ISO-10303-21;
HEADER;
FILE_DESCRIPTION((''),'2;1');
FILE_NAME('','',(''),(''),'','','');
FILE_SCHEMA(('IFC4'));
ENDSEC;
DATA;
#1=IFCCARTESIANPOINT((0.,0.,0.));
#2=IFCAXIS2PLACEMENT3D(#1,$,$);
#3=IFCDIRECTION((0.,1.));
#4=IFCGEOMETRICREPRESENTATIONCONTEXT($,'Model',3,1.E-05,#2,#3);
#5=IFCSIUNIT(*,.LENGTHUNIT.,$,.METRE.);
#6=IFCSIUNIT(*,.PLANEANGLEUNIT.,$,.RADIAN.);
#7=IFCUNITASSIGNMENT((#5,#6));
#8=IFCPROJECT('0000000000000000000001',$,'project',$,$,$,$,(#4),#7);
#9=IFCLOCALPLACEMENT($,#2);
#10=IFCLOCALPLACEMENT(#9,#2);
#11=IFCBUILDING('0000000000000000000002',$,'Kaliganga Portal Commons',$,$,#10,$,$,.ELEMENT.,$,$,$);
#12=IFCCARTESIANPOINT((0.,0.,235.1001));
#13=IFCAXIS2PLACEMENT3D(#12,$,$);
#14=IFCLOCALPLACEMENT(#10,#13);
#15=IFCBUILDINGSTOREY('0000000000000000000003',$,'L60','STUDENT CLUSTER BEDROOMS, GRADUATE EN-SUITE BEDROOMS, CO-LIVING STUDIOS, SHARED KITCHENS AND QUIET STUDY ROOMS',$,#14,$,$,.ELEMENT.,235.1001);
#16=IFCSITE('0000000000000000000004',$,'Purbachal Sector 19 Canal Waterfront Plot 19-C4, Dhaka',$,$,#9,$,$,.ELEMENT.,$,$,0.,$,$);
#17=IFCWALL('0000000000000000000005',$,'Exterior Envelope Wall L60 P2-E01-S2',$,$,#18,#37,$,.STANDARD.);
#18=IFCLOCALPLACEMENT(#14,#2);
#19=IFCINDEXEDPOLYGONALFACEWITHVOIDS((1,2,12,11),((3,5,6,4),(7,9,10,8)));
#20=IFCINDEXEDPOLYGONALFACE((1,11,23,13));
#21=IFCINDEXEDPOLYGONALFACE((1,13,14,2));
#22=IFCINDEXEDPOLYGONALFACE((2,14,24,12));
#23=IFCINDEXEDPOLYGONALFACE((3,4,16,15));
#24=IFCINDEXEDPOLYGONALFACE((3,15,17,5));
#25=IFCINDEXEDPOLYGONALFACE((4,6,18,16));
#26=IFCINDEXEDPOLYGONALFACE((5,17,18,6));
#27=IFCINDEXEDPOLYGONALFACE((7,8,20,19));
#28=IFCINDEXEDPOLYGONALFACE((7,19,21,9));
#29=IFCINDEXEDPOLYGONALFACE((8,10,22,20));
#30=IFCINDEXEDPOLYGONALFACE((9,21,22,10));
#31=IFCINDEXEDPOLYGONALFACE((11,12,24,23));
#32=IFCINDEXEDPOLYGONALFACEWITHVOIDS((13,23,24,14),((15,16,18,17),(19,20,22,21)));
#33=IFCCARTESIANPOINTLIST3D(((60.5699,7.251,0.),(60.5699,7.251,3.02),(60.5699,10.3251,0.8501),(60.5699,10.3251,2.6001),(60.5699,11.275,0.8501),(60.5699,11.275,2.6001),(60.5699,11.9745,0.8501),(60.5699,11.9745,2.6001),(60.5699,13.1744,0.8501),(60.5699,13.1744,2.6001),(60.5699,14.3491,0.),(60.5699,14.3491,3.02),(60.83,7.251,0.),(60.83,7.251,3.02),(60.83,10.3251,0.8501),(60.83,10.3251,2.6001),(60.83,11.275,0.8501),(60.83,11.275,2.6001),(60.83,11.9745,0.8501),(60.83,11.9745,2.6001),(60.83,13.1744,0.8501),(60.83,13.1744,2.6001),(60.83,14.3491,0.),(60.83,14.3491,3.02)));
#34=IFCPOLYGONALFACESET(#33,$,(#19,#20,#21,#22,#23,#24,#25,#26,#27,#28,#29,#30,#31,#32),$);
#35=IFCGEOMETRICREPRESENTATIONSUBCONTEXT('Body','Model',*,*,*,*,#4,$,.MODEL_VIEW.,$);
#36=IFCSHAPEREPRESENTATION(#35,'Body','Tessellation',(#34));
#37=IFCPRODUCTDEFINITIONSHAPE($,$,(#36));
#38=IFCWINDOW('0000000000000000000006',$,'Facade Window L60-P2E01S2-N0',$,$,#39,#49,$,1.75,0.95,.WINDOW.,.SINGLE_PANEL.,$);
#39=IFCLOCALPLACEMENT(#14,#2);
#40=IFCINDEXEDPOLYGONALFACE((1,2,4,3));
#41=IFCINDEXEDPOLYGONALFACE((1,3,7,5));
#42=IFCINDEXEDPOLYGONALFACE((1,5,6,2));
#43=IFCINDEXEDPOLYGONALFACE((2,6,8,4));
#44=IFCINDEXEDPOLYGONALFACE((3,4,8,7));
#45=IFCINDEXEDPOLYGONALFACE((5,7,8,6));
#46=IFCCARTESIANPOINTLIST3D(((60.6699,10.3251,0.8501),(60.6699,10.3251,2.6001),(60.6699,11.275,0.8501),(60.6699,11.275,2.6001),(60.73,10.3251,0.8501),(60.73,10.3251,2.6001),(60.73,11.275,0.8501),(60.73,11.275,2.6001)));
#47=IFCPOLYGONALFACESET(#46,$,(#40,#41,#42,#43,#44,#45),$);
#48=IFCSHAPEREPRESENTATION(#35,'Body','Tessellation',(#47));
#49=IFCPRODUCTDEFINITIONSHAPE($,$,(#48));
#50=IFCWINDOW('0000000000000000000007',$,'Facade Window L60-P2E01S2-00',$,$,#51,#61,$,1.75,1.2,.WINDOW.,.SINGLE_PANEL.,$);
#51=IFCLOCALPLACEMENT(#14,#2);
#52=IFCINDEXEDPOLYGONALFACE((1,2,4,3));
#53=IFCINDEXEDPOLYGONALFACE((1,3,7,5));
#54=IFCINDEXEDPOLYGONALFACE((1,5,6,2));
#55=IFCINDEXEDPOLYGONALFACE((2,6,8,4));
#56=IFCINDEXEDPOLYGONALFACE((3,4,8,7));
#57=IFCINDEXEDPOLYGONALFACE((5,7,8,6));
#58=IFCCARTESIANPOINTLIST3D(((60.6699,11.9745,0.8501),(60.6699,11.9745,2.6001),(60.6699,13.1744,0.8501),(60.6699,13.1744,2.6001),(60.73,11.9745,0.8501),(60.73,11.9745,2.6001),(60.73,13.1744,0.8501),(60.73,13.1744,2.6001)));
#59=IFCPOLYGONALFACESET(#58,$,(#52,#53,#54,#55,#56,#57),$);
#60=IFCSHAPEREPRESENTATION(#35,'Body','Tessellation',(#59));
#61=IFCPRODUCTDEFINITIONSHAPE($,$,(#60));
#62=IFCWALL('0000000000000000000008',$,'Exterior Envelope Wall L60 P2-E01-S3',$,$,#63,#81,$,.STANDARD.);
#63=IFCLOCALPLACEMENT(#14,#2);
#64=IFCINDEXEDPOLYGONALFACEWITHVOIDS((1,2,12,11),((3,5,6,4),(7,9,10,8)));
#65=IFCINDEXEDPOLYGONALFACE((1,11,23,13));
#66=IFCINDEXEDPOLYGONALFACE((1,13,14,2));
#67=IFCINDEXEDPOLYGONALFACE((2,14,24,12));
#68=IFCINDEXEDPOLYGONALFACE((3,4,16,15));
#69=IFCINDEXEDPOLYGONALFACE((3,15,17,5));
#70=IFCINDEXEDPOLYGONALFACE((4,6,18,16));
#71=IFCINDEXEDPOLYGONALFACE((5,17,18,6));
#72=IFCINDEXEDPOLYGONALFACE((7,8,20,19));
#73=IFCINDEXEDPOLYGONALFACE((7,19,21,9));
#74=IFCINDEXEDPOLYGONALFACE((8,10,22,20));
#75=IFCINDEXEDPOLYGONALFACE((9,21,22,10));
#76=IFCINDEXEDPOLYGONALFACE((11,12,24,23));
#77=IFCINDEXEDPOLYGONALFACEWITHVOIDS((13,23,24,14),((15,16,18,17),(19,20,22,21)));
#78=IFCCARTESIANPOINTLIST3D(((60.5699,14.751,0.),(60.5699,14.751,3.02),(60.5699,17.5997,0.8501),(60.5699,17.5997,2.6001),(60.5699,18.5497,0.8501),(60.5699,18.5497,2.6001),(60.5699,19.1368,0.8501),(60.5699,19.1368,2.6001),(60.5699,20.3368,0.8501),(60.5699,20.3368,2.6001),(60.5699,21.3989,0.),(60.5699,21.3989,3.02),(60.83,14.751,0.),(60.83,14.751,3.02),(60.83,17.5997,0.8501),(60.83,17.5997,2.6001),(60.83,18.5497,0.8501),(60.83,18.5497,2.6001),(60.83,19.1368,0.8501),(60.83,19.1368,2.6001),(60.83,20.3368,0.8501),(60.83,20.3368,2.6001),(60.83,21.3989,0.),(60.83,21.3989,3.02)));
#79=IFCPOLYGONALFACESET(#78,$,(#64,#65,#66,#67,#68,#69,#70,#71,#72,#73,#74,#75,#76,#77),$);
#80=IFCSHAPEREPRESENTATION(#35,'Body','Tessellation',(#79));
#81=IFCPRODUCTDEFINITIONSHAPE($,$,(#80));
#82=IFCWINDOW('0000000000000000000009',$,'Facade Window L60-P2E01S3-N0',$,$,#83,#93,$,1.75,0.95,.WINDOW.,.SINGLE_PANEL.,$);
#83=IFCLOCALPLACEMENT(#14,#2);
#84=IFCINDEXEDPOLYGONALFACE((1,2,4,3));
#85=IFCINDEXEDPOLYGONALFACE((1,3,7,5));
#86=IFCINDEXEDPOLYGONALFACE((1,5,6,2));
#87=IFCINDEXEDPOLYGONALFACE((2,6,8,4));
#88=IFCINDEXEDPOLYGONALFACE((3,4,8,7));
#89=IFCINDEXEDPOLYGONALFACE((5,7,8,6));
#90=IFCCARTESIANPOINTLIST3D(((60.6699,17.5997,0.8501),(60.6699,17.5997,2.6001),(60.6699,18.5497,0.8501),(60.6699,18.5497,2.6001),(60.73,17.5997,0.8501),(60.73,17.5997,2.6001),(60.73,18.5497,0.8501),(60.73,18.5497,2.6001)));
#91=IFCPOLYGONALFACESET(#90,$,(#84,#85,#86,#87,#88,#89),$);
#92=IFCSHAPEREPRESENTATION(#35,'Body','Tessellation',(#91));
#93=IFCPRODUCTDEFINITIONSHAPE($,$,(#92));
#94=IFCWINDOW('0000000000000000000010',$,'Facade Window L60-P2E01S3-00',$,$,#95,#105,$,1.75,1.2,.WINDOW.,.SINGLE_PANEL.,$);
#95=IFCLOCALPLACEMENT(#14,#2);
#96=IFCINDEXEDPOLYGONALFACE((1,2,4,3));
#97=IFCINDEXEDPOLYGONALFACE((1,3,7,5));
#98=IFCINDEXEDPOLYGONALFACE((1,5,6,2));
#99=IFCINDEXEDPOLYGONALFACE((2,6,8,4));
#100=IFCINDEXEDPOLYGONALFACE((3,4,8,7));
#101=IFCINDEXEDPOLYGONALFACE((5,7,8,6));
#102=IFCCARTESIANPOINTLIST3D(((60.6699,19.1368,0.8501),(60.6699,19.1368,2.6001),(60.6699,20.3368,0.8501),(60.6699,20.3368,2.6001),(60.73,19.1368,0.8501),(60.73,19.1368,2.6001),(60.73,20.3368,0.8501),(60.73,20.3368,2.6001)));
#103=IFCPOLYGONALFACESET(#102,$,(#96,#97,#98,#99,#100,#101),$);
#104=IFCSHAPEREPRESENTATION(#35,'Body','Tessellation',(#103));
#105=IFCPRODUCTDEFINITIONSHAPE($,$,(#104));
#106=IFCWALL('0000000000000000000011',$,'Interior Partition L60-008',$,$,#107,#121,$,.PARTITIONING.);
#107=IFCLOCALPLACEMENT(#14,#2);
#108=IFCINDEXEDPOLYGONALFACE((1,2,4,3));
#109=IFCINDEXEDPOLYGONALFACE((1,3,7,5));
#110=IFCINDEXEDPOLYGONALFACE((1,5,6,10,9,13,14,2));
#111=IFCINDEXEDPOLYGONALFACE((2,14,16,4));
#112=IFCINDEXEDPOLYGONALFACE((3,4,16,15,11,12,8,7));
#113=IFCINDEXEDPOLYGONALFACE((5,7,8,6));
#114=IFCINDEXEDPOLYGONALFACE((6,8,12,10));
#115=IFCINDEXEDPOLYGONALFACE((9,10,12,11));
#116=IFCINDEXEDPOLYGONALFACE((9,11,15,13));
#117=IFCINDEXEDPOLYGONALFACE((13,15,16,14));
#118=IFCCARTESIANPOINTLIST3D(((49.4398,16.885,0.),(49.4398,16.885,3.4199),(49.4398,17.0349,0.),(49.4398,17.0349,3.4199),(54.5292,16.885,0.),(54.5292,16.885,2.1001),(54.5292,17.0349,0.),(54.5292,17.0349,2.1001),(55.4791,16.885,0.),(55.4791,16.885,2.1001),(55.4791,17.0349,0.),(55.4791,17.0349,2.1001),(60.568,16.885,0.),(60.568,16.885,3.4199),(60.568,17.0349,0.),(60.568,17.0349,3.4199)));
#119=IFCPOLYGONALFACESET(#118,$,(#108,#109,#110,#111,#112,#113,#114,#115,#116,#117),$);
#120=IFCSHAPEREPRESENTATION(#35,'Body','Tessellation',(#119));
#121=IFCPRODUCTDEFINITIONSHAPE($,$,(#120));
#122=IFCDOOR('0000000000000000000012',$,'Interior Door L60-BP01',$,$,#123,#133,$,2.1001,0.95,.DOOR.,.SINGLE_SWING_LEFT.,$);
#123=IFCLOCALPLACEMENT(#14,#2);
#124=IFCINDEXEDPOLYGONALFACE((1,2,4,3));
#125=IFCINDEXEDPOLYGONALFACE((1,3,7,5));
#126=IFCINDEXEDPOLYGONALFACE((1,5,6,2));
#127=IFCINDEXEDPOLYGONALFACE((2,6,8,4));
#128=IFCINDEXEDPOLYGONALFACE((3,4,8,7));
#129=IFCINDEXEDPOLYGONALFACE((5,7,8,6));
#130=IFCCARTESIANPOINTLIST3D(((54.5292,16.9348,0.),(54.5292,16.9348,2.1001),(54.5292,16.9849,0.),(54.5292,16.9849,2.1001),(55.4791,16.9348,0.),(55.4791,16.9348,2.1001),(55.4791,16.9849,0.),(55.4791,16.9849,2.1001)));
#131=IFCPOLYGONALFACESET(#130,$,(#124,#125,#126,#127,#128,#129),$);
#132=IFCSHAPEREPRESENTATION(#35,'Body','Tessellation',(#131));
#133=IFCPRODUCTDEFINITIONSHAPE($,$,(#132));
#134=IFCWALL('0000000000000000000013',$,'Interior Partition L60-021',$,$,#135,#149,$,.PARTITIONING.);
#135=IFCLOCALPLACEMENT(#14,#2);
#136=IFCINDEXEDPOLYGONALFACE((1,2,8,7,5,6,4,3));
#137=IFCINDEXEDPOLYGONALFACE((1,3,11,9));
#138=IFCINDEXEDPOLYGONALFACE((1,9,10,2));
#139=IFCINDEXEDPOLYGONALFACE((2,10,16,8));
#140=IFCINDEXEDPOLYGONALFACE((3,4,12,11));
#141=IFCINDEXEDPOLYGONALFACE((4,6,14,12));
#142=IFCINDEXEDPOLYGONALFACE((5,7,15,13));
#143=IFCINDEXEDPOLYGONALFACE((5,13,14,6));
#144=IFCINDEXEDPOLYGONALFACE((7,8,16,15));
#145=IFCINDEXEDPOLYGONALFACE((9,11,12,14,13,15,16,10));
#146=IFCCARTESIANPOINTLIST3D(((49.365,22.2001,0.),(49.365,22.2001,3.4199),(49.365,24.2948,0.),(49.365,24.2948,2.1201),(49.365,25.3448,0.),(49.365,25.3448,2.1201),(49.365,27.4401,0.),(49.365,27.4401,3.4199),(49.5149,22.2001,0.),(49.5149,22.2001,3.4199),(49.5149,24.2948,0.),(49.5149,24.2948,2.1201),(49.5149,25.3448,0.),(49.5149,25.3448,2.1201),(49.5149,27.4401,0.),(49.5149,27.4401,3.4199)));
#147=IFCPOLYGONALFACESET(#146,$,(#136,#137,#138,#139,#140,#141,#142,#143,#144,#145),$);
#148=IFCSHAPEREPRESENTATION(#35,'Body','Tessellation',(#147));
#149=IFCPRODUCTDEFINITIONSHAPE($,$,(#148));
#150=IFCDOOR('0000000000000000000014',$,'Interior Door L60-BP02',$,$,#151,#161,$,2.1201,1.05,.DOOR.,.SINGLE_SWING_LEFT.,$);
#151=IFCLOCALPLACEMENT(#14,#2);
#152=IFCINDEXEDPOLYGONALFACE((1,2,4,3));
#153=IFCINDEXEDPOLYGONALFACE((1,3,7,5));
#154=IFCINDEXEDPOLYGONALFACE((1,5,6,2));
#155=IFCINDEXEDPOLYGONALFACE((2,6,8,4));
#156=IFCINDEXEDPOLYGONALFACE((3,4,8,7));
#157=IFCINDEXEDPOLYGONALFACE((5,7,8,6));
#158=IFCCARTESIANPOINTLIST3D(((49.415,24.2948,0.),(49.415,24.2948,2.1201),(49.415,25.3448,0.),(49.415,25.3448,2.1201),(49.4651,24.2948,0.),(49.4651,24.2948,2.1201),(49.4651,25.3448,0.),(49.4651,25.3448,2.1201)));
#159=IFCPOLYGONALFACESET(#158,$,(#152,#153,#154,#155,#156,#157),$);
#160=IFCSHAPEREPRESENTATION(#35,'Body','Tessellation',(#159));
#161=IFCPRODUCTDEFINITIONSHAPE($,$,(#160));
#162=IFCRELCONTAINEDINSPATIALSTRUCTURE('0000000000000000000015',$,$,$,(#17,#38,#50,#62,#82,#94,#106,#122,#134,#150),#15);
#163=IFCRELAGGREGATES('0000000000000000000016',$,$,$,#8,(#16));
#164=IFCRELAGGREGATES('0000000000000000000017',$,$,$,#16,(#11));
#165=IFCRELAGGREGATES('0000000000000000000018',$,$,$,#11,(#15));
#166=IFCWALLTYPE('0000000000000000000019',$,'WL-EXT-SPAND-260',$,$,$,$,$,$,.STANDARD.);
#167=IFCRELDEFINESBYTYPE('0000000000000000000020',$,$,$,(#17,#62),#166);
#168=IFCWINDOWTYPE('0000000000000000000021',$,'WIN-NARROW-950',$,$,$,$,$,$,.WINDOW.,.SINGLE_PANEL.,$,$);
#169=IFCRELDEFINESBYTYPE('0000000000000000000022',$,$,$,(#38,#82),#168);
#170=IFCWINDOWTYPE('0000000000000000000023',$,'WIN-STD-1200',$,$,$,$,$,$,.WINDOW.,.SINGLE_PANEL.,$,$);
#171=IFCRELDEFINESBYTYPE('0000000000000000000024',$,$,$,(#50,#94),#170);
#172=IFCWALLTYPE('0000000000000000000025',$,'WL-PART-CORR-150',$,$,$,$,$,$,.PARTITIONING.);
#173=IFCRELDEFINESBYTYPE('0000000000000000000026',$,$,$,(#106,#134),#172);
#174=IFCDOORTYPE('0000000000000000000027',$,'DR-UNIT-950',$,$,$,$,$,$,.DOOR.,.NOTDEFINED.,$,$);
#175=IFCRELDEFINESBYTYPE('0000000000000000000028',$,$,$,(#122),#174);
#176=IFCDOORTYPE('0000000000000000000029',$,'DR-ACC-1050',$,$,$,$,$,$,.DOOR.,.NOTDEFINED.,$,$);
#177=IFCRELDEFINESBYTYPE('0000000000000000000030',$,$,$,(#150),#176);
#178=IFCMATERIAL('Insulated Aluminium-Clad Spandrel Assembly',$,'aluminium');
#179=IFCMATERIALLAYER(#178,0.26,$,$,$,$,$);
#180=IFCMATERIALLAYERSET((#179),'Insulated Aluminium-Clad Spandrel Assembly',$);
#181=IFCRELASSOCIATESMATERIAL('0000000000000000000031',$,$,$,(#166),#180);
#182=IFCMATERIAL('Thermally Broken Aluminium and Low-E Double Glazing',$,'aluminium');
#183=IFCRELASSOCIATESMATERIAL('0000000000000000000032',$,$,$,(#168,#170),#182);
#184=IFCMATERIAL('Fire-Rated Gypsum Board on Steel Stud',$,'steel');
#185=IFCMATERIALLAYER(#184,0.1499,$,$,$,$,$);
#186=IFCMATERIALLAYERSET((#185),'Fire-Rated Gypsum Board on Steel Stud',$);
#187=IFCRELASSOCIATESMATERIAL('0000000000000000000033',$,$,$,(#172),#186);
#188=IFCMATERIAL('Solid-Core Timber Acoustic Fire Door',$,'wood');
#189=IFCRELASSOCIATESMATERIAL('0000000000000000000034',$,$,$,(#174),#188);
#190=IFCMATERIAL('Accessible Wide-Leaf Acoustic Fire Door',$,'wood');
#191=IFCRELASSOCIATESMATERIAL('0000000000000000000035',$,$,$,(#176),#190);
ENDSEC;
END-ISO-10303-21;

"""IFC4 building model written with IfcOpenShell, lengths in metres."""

from ifc_helpers import new_model, si_unit, direction, frame, frame_2d, origin, place, context, subcontext, project, spatial, rectangle, extrude, material, layer, layer_set, type_object, element, fill, save


model = new_model("IFC4")

# Units and contexts
model_context = context("Model", 3, precision=1e-05, world=origin(), true_north=direction((0.0, 1.0)))
body_context = subcontext(model_context, "Body", "Model", "MODEL_VIEW")
ifc_project = project(units=[si_unit("LENGTHUNIT", "METRE"), si_unit("PLANEANGLEUNIT", "RADIAN")], contexts=[model_context])

# Site, building, storey
site_placement = place(None, origin())
site = spatial("IfcSite", under=ifc_project, at=site_placement, Name="Purbachal Sector 19 Canal Waterfront Plot 19-C4, Dhaka", CompositionType="ELEMENT", RefElevation=0.0)
building_placement = place(site_placement, origin())
building = spatial("IfcBuilding", under=site, at=building_placement, Name="Kaliganga Portal Commons", CompositionType="ELEMENT")
storey_placement = place(building_placement, frame((0.0, 0.0, 235.1001)))
storey = spatial("IfcBuildingStorey", under=building, at=storey_placement, Name="L60", Description="STUDENT CLUSTER BEDROOMS, GRADUATE EN-SUITE BEDROOMS, CO-LIVING STUDIOS, SHARED KITCHENS AND QUIET STUDY ROOMS", CompositionType="ELEMENT", Elevation=235.1001)

# Walls, openings, windows
ifc_material_1 = material(Name="Insulated Aluminium-Clad Spandrel Assembly", Category="aluminium")
ifc_layer_1 = layer(ifc_material_1, 0.26)
ifc_layer_set_1 = layer_set([ifc_layer_1], Name="Insulated Aluminium-Clad Spandrel Assembly")
wall_type_1 = type_object("IfcWallType", Name="WL-EXT-SPAND-260", PredefinedType="STANDARD", material=ifc_layer_set_1)
wall_1_placement = place(storey_placement, frame((60.7, 14.3491, 0.0), z_axis=(0.0, 0.0, 1.0), x_axis=(0.0, -1.0, 0.0)))
wall_1 = element("IfcWall", 1, at=wall_1_placement, inside=storey, type_object=wall_type_1, Name="Exterior Envelope Wall L60 P2-E01-S2", PredefinedType="STANDARD", context=body_context, shape_type="SweptSolid", body=[
    extrude(rectangle(XDim=7.0981, YDim=0.26, at=frame_2d((3.5491, 0.0))), origin(), (0.0, 0.0, 1.0), 3.02),
])
opening_1_placement = place(wall_1_placement, frame((1.1746, 0.0, 0.8501)))
opening_1 = element("IfcOpeningElement", 2, at=opening_1_placement, cuts=wall_1, PredefinedType="OPENING", context=body_context, shape_type="SweptSolid", body=[
    extrude(rectangle(XDim=1.2, YDim=1.75, at=frame_2d((0.6001, 0.875))), frame((0.0, 0.1401, 0.0), z_axis=(0.0, -1.0, 0.0), x_axis=(1.0, 0.0, 0.0)), (0.0, 0.0, 1.0), 0.28),
])
opening_2_placement = place(wall_1_placement, frame((3.074, 0.0, 0.8501)))
opening_2 = element("IfcOpeningElement", 3, at=opening_2_placement, cuts=wall_1, PredefinedType="OPENING", context=body_context, shape_type="SweptSolid", body=[
    extrude(rectangle(XDim=0.95, YDim=1.75, at=frame_2d((0.4751, 0.875))), frame((0.0, 0.1401, 0.0), z_axis=(0.0, -1.0, 0.0), x_axis=(1.0, 0.0, 0.0)), (0.0, 0.0, 1.0), 0.28),
])
ifc_material_2 = material(Name="Thermally Broken Aluminium and Low-E Double Glazing", Category="aluminium")
window_type_1 = type_object("IfcWindowType", Name="WIN-NARROW-950", PartitioningType="SINGLE_PANEL", PredefinedType="WINDOW", material=ifc_material_2)
window_1_placement = place(opening_2_placement, origin())
window_1 = element("IfcWindow", 4, at=window_1_placement, inside=storey, type_object=window_type_1, Name="Facade Window L60-P2E01S2-N0", OverallHeight=1.75, OverallWidth=0.95, PartitioningType="SINGLE_PANEL", PredefinedType="WINDOW", context=body_context, shape_type="SweptSolid", body=[
    extrude(rectangle(XDim=0.95, YDim=1.75, at=frame_2d((0.4751, 0.875))), frame((0.0, 0.03, 0.0), z_axis=(0.0, -1.0, 0.0), x_axis=(1.0, 0.0, 0.0)), (0.0, 0.0, 1.0), 0.0601),
])
fill(opening_2, window_1)
window_type_2 = type_object("IfcWindowType", Name="WIN-STD-1200", PartitioningType="SINGLE_PANEL", PredefinedType="WINDOW", material=ifc_material_2)
window_2_placement = place(opening_1_placement, origin())
window_2 = element("IfcWindow", 5, at=window_2_placement, inside=storey, type_object=window_type_2, Name="Facade Window L60-P2E01S2-00", OverallHeight=1.75, OverallWidth=1.2, PartitioningType="SINGLE_PANEL", PredefinedType="WINDOW", context=body_context, shape_type="SweptSolid", body=[
    extrude(rectangle(XDim=1.2, YDim=1.75, at=frame_2d((0.6001, 0.875))), frame((0.0, 0.03, 0.0), z_axis=(0.0, -1.0, 0.0), x_axis=(1.0, 0.0, 0.0)), (0.0, 0.0, 1.0), 0.0601),
])
fill(opening_1, window_2)
wall_2_placement = place(storey_placement, frame((60.7, 21.3989, 0.0), z_axis=(0.0, 0.0, 1.0), x_axis=(0.0, -1.0, 0.0)))
wall_2 = element("IfcWall", 6, at=wall_2_placement, inside=storey, type_object=wall_type_1, Name="Exterior Envelope Wall L60 P2-E01-S3", PredefinedType="STANDARD", context=body_context, shape_type="SweptSolid", body=[
    extrude(rectangle(XDim=6.6479, YDim=0.26, at=frame_2d((3.324, 0.0))), origin(), (0.0, 0.0, 1.0), 3.02),
])
opening_3_placement = place(wall_2_placement, frame((1.062, 0.0, 0.8501)))
opening_3 = element("IfcOpeningElement", 7, at=opening_3_placement, cuts=wall_2, PredefinedType="OPENING", context=body_context, shape_type="SweptSolid", body=[
    extrude(rectangle(XDim=1.2, YDim=1.75, at=frame_2d((0.6001, 0.875))), frame((0.0, 0.1401, 0.0), z_axis=(0.0, -1.0, 0.0), x_axis=(1.0, 0.0, 0.0)), (0.0, 0.0, 1.0), 0.28),
])
opening_4_placement = place(wall_2_placement, frame((2.8491, 0.0, 0.8501)))
opening_4 = element("IfcOpeningElement", 8, at=opening_4_placement, cuts=wall_2, PredefinedType="OPENING", context=body_context, shape_type="SweptSolid", body=[
    extrude(rectangle(XDim=0.95, YDim=1.75, at=frame_2d((0.4751, 0.875))), frame((0.0, 0.1401, 0.0), z_axis=(0.0, -1.0, 0.0), x_axis=(1.0, 0.0, 0.0)), (0.0, 0.0, 1.0), 0.28),
])
window_3_placement = place(opening_4_placement, origin())
window_3 = element("IfcWindow", 9, at=window_3_placement, inside=storey, type_object=window_type_1, Name="Facade Window L60-P2E01S3-N0", OverallHeight=1.75, OverallWidth=0.95, PartitioningType="SINGLE_PANEL", PredefinedType="WINDOW", context=body_context, shape_type="SweptSolid", body=[
    extrude(rectangle(XDim=0.95, YDim=1.75, at=frame_2d((0.4751, 0.875))), frame((0.0, 0.03, 0.0), z_axis=(0.0, -1.0, 0.0), x_axis=(1.0, 0.0, 0.0)), (0.0, 0.0, 1.0), 0.0601),
])
fill(opening_4, window_3)
window_4_placement = place(opening_3_placement, origin())
window_4 = element("IfcWindow", 10, at=window_4_placement, inside=storey, type_object=window_type_2, Name="Facade Window L60-P2E01S3-00", OverallHeight=1.75, OverallWidth=1.2, PartitioningType="SINGLE_PANEL", PredefinedType="WINDOW", context=body_context, shape_type="SweptSolid", body=[
    extrude(rectangle(XDim=1.2, YDim=1.75, at=frame_2d((0.6001, 0.875))), frame((0.0, 0.03, 0.0), z_axis=(0.0, -1.0, 0.0), x_axis=(1.0, 0.0, 0.0)), (0.0, 0.0, 1.0), 0.0601),
])
fill(opening_3, window_4)

# Walls, openings, doors
ifc_material_3 = material(Name="Fire-Rated Gypsum Board on Steel Stud", Category="steel")
ifc_layer_2 = layer(ifc_material_3, 0.1499)
ifc_layer_set_2 = layer_set([ifc_layer_2], Name="Fire-Rated Gypsum Board on Steel Stud")
wall_type_2 = type_object("IfcWallType", Name="WL-PART-CORR-150", PredefinedType="PARTITIONING", material=ifc_layer_set_2)
wall_3_placement = place(storey_placement, frame((49.4399, 16.96, 0.0), z_axis=(0.0, 0.0, 1.0), x_axis=(1.0, 0.0, 0.0)))
wall_3 = element("IfcWall", 11, at=wall_3_placement, inside=storey, type_object=wall_type_2, Name="Interior Partition L60-008", PredefinedType="PARTITIONING", context=body_context, shape_type="SweptSolid", body=[
    extrude(rectangle(XDim=11.1282, YDim=0.1499, at=frame_2d((5.564, 0.0))), origin(), (0.0, 0.0, 1.0), 3.4199),
])
opening_5_placement = place(wall_3_placement, frame((5.0891, 0.0, 0.0)))
opening_5 = element("IfcOpeningElement", 12, at=opening_5_placement, cuts=wall_3, PredefinedType="OPENING", context=body_context, shape_type="SweptSolid", body=[
    extrude(rectangle(XDim=0.95, YDim=2.1001, at=frame_2d((0.4751, 1.05))), frame((0.0, 0.085, 0.0), z_axis=(0.0, -1.0, 0.0), x_axis=(1.0, 0.0, 0.0)), (0.0, 0.0, 1.0), 0.1699),
])
ifc_material_4 = material(Name="Solid-Core Timber Acoustic Fire Door", Category="wood")
door_type_1 = type_object("IfcDoorType", Name="DR-UNIT-950", OperationType="NOTDEFINED", PredefinedType="DOOR", material=ifc_material_4)
door_1_placement = place(opening_5_placement, origin())
door_1 = element("IfcDoor", 13, at=door_1_placement, inside=storey, type_object=door_type_1, Name="Interior Door L60-BP01", OperationType="SINGLE_SWING_LEFT", OverallHeight=2.1001, OverallWidth=0.95, PredefinedType="DOOR", context=body_context, shape_type="SweptSolid", body=[
    extrude(rectangle(XDim=0.95, YDim=2.1001, at=frame_2d((0.4751, 1.05))), frame((0.0, 0.0249, 0.0), z_axis=(0.0, -1.0, 0.0), x_axis=(1.0, 0.0, 0.0)), (0.0, 0.0, 1.0), 0.05),
])
fill(opening_5, door_1)
wall_4_placement = place(storey_placement, frame((49.4399, 22.2, 0.0), z_axis=(0.0, 0.0, 1.0), x_axis=(0.0, 1.0, 0.0)))
wall_4 = element("IfcWall", 14, at=wall_4_placement, inside=storey, type_object=wall_type_2, Name="Interior Partition L60-021", PredefinedType="PARTITIONING", context=body_context, shape_type="SweptSolid", body=[
    extrude(rectangle(XDim=5.24, YDim=0.1499, at=frame_2d((2.6201, 0.0))), origin(), (0.0, 0.0, 1.0), 3.4199),
])
opening_6_placement = place(wall_4_placement, frame((2.095, 0.0, 0.0)))
opening_6 = element("IfcOpeningElement", 15, at=opening_6_placement, cuts=wall_4, PredefinedType="OPENING", context=body_context, shape_type="SweptSolid", body=[
    extrude(rectangle(XDim=1.05, YDim=2.1201, at=frame_2d((0.5249, 1.0601))), frame((0.0, 0.085, 0.0), z_axis=(0.0, -1.0, 0.0), x_axis=(1.0, 0.0, 0.0)), (0.0, 0.0, 1.0), 0.1699),
])
ifc_material_5 = material(Name="Accessible Wide-Leaf Acoustic Fire Door", Category="wood")
door_type_2 = type_object("IfcDoorType", Name="DR-ACC-1050", OperationType="NOTDEFINED", PredefinedType="DOOR", material=ifc_material_5)
door_2_placement = place(opening_6_placement, origin())
door_2 = element("IfcDoor", 16, at=door_2_placement, inside=storey, type_object=door_type_2, Name="Interior Door L60-BP02", OperationType="SINGLE_SWING_LEFT", OverallHeight=2.1201, OverallWidth=1.05, PredefinedType="DOOR", context=body_context, shape_type="SweptSolid", body=[
    extrude(rectangle(XDim=1.05, YDim=2.1201, at=frame_2d((0.5249, 1.0601))), frame((0.0, 0.0249, 0.0), z_axis=(0.0, -1.0, 0.0), x_axis=(1.0, 0.0, 0.0)), (0.0, 0.0, 1.0), 0.05),
])
fill(opening_6, door_2)

save(model, "model.ifc")
